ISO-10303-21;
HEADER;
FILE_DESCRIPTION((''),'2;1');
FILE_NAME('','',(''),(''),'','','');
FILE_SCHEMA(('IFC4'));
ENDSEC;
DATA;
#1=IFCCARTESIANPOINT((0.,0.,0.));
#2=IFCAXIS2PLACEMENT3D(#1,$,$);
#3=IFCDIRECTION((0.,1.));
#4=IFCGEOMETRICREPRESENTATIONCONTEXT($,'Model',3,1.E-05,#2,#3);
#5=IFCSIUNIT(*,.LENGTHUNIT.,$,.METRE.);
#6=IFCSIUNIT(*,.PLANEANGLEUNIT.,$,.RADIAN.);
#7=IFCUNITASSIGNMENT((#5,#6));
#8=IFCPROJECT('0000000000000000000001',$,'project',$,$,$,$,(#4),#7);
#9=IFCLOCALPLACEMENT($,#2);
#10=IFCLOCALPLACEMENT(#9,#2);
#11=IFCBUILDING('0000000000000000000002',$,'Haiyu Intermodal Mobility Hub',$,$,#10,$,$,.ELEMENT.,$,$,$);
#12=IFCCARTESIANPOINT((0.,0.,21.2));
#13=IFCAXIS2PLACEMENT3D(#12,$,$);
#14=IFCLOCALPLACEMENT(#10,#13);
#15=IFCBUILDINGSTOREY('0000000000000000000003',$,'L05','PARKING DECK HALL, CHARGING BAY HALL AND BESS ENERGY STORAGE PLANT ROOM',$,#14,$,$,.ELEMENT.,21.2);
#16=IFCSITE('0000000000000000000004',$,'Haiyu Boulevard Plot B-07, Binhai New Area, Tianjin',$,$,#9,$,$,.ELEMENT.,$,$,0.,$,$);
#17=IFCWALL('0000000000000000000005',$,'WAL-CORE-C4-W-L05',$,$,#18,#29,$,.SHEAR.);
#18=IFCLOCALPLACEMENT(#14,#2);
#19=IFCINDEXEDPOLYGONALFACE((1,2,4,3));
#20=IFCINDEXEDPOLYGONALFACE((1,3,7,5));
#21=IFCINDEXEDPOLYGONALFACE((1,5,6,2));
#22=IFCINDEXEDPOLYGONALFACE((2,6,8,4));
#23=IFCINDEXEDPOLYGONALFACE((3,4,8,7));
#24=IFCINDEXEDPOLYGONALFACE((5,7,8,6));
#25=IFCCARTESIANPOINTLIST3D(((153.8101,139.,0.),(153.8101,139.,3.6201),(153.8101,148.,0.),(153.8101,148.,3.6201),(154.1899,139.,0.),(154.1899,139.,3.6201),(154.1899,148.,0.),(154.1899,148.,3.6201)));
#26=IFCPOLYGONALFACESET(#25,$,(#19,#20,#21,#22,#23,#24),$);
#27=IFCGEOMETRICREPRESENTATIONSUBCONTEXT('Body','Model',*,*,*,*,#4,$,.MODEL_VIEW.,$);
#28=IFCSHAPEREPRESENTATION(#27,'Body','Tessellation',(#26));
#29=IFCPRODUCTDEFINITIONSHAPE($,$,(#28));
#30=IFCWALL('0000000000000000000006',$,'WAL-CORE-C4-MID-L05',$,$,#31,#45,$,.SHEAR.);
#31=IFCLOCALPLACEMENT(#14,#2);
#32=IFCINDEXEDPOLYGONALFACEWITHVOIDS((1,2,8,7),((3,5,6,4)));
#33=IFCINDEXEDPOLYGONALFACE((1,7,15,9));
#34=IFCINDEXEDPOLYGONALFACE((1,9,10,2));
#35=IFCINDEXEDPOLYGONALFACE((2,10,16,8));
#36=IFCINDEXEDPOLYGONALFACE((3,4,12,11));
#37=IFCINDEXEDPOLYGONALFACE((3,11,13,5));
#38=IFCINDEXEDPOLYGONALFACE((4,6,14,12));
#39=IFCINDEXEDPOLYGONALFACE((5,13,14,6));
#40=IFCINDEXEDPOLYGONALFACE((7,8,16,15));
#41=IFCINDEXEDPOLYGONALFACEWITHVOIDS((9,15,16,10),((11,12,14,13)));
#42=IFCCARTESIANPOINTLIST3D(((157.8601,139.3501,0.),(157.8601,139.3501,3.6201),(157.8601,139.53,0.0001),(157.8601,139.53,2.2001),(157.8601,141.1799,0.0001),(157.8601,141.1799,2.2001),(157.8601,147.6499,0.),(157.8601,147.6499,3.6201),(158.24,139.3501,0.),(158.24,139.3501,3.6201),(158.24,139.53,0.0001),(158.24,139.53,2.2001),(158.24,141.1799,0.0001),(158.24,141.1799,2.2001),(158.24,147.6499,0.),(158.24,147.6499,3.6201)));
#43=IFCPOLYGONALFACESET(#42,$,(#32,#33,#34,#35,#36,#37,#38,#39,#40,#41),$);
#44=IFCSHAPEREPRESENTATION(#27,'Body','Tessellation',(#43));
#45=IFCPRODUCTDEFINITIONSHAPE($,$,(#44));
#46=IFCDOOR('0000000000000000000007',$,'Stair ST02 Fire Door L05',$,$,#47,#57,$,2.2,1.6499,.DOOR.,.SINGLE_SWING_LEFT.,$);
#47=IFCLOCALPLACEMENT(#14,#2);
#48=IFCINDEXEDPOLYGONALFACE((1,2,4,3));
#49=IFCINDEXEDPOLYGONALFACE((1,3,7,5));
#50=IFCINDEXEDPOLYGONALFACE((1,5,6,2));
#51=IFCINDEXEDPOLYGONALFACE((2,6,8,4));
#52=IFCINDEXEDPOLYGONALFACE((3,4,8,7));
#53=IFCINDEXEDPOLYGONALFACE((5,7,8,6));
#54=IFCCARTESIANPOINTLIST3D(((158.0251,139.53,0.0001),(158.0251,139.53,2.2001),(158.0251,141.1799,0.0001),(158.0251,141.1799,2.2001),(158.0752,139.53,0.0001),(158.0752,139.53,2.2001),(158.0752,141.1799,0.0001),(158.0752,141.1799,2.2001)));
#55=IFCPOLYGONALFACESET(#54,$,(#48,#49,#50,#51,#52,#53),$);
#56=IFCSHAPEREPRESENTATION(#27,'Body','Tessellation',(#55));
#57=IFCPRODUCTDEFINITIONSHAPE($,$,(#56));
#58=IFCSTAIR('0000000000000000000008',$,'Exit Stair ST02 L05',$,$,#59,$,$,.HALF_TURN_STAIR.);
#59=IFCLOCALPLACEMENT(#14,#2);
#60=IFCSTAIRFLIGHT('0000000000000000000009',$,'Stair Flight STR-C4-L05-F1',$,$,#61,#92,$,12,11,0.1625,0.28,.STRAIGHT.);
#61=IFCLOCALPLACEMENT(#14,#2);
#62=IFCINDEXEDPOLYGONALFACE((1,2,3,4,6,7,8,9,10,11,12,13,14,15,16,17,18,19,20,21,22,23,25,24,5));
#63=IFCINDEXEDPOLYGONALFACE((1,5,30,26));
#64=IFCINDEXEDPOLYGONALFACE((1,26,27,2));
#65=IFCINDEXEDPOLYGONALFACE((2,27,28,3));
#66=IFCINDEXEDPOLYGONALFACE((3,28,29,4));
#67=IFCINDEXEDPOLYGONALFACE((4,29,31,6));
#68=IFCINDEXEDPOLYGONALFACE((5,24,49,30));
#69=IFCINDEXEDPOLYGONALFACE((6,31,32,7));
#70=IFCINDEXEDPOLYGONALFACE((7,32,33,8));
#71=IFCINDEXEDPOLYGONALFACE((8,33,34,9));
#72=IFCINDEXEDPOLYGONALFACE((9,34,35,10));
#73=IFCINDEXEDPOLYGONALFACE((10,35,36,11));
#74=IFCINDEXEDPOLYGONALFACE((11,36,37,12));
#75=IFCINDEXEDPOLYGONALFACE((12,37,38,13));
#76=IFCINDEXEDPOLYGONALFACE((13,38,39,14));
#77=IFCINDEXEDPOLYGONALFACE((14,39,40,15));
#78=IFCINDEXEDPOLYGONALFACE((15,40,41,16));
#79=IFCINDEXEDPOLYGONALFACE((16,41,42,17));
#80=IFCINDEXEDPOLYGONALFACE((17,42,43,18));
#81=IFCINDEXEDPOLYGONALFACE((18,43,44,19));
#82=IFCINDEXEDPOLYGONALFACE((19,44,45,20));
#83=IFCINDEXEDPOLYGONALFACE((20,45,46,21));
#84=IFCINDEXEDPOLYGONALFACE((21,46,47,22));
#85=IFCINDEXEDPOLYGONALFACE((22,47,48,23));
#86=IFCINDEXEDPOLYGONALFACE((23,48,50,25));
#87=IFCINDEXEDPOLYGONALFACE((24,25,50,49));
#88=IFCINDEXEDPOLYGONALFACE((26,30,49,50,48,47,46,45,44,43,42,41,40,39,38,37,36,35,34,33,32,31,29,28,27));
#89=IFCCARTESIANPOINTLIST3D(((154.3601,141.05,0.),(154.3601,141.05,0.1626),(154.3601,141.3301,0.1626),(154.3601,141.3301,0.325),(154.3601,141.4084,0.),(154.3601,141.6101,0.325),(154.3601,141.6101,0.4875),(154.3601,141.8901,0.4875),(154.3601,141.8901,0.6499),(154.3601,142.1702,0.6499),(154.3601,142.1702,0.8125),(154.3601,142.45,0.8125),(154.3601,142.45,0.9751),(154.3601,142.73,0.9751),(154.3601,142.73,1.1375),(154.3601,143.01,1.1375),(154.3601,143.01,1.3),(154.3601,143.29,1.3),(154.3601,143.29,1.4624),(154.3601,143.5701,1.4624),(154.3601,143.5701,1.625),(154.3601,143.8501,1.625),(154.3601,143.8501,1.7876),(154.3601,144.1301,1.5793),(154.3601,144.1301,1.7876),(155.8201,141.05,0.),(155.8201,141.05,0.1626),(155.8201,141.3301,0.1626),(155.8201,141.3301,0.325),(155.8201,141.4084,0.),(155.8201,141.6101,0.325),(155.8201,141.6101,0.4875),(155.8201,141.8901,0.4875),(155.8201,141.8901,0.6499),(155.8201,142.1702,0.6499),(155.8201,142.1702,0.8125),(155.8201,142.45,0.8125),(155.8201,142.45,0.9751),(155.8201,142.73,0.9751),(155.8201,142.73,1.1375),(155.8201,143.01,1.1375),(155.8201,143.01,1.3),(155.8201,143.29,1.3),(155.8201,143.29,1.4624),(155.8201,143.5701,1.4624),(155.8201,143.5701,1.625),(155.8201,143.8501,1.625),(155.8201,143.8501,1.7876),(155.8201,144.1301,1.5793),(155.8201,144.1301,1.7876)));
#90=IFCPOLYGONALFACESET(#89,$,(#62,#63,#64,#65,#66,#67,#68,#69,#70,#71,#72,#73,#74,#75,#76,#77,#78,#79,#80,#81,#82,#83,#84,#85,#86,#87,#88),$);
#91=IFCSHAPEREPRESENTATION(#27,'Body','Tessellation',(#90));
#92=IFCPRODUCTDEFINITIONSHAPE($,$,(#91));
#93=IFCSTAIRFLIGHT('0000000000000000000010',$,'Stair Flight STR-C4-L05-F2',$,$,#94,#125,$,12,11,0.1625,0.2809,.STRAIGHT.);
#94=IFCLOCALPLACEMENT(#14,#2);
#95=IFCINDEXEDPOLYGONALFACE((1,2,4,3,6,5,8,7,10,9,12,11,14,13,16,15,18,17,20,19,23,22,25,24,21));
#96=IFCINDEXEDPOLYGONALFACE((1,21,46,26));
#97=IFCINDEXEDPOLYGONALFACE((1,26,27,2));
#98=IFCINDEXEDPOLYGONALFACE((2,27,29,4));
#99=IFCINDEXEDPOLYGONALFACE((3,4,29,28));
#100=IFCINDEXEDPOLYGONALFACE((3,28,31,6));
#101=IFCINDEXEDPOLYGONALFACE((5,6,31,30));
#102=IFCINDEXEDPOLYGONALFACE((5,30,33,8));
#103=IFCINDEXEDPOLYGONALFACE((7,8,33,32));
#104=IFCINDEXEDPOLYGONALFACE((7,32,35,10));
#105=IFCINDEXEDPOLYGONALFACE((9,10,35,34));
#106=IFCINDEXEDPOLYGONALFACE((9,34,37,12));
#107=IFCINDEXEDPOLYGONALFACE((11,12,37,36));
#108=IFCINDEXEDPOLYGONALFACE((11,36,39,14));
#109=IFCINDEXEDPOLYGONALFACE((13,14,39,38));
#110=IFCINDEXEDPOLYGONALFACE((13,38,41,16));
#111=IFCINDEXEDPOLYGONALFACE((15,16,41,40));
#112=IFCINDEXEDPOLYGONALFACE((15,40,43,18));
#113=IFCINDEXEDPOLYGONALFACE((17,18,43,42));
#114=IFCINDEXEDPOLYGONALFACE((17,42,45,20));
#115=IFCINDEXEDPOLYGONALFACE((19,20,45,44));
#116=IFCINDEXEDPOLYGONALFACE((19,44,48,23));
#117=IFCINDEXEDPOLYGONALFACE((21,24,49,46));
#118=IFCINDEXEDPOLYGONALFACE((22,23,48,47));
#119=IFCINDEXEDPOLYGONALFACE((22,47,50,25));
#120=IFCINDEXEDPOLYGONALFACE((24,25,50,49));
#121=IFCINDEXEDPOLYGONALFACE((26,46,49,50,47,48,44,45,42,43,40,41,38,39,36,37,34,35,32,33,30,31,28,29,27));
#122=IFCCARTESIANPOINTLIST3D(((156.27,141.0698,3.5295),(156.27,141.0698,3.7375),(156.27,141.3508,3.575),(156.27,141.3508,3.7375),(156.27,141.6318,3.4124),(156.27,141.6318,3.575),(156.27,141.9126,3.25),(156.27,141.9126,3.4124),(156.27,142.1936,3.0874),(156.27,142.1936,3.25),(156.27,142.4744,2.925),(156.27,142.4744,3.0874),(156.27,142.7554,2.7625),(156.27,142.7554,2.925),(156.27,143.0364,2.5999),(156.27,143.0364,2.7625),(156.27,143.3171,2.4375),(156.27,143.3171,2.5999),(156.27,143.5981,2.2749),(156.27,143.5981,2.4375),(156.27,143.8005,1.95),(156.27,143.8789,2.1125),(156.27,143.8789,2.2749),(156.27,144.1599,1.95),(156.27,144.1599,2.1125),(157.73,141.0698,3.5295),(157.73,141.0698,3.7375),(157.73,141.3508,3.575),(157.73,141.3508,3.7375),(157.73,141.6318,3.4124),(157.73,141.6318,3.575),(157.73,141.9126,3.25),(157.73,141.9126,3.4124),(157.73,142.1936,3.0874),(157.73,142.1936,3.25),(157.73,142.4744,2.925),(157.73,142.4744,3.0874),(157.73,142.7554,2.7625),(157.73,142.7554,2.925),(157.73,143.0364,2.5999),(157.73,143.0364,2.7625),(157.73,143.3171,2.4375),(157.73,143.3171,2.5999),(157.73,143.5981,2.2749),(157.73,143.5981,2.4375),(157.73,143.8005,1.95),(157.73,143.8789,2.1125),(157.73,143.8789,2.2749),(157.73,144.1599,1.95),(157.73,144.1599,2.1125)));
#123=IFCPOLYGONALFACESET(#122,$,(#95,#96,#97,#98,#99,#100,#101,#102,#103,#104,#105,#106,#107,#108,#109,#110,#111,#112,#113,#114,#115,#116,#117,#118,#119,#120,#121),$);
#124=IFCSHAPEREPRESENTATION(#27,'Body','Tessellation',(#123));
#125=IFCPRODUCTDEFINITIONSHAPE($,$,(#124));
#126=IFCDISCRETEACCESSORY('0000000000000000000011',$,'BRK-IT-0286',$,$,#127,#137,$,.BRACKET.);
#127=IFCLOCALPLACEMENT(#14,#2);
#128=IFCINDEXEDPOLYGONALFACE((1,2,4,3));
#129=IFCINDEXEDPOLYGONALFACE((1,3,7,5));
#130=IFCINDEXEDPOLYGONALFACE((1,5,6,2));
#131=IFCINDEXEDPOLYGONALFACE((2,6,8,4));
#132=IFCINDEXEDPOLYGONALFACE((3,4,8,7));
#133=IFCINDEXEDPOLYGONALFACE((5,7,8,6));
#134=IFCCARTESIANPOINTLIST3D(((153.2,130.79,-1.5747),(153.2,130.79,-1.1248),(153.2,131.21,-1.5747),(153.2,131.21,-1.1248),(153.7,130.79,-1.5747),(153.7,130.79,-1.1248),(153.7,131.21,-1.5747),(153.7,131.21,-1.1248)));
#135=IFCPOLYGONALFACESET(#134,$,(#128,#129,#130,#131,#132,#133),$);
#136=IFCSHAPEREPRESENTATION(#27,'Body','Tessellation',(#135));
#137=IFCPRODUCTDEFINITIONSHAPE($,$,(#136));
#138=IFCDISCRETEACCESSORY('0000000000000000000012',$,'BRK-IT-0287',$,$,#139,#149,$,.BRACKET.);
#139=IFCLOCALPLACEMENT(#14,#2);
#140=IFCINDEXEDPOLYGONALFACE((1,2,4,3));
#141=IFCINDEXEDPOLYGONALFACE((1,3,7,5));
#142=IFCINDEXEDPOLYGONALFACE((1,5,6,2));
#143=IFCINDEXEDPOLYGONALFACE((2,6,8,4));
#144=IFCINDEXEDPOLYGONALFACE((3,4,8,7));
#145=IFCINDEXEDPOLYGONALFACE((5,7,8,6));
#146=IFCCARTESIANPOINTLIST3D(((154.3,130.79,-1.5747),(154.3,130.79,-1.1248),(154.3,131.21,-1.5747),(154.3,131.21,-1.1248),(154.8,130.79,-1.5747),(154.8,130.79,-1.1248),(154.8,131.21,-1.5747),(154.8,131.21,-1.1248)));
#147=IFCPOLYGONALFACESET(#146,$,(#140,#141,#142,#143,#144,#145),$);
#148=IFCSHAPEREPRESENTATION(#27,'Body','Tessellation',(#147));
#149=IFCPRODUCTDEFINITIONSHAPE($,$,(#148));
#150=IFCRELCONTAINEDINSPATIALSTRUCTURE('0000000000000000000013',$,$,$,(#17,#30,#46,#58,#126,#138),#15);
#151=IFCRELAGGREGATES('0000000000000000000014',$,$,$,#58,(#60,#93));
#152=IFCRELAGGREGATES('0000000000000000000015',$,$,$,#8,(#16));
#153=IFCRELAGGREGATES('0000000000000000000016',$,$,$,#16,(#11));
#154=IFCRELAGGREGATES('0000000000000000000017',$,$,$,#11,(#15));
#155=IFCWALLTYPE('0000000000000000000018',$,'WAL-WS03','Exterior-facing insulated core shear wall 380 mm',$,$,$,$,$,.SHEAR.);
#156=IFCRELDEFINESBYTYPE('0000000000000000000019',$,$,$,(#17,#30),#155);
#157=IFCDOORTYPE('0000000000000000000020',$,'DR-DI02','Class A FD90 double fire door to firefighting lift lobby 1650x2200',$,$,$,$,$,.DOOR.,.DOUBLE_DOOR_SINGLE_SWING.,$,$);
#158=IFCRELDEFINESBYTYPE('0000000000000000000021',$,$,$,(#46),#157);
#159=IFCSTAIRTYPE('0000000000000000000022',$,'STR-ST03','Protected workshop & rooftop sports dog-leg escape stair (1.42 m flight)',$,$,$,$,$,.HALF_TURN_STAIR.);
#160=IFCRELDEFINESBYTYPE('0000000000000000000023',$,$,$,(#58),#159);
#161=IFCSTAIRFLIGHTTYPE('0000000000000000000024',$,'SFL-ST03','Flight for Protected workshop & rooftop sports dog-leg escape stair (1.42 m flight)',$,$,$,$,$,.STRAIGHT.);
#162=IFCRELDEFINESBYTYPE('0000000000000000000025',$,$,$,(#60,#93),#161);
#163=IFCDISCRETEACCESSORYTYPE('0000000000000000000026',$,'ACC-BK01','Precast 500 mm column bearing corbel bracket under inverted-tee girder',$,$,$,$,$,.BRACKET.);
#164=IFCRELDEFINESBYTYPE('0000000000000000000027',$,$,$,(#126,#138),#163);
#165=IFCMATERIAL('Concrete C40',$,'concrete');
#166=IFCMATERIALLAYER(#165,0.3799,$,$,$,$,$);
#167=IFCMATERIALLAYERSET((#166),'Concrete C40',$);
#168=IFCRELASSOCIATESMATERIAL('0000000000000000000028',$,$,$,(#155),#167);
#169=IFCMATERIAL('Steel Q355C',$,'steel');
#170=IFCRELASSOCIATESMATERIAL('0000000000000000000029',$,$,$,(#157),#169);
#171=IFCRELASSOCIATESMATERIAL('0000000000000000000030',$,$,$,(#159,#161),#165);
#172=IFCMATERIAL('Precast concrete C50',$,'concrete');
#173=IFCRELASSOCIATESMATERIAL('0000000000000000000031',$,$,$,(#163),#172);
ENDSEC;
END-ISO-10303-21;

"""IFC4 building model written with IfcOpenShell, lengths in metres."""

from ifc_helpers import new_model, si_unit, direction, frame, frame_2d, origin, origin_2d, place, context, subcontext, project, spatial, polyline, rectangle, outline, extrude, material, layer, layer_set, type_object, element, fill, aggregate, save


model = new_model("IFC4")

# Units and contexts
model_context = context("Model", 3, precision=1e-05, world=origin(), true_north=direction((0.0, 1.0)))
body_context = subcontext(model_context, "Body", "Model", "MODEL_VIEW")
ifc_project = project(units=[si_unit("LENGTHUNIT", "METRE"), si_unit("PLANEANGLEUNIT", "RADIAN")], contexts=[model_context])

# Site, building, storey
site_placement = place(None, origin())
site = spatial("IfcSite", under=ifc_project, at=site_placement, Name="Haiyu Boulevard Plot B-07, Binhai New Area, Tianjin", CompositionType="ELEMENT", RefElevation=0.0)
building_placement = place(site_placement, origin())
building = spatial("IfcBuilding", under=site, at=building_placement, Name="Haiyu Intermodal Mobility Hub", CompositionType="ELEMENT")
storey_placement = place(building_placement, frame((0.0, 0.0, 21.2)))
storey = spatial("IfcBuildingStorey", under=building, at=storey_placement, Name="L05", Description="PARKING DECK HALL, CHARGING BAY HALL AND BESS ENERGY STORAGE PLANT ROOM", CompositionType="ELEMENT", Elevation=21.2)

# Shared definitions
ifc_material_1 = material(Name="Steel Q355C", Category="steel")

# Shared definitions
ifc_material_2 = material(Name="Concrete C40", Category="concrete")
ifc_material_3 = material(Name="Precast concrete C50", Category="concrete")

# Shared definitions
ifc_layer_1 = layer(ifc_material_2, 0.3799)
ifc_layer_set_1 = layer_set([ifc_layer_1], Name="Concrete C40")
wall_type = type_object("IfcWallType", Name="WAL-WS03", Description="Exterior-facing insulated core shear wall 380 mm", PredefinedType="SHEAR", material=ifc_layer_set_1)

# Wall
wall_1_placement = place(storey_placement, frame((154.0, 148.0, 0.0), z_axis=(0.0, 0.0, 1.0), x_axis=(0.0, -1.0, 0.0)))
element("IfcWall", 1, at=wall_1_placement, inside=storey, type_object=wall_type, Name="WAL-CORE-C4-W-L05", PredefinedType="SHEAR", context=body_context, shape_type="SweptSolid", body=[
    extrude(rectangle(XDim=9.0, YDim=0.3799, at=frame_2d((4.5, 0.0))), origin(), (0.0, 0.0, 1.0), 3.6201),
])

# Wall, opening, door
wall_2_placement = place(storey_placement, frame((158.05, 139.3501, 0.0), z_axis=(0.0, 0.0, 1.0), x_axis=(0.0, 1.0, 0.0)))
wall_2 = element("IfcWall", 2, at=wall_2_placement, inside=storey, type_object=wall_type, Name="WAL-CORE-C4-MID-L05", PredefinedType="SHEAR", context=body_context, shape_type="SweptSolid", body=[
    extrude(rectangle(XDim=8.2998, YDim=0.3799, at=frame_2d((4.1499, 0.0))), origin(), (0.0, 0.0, 1.0), 3.6201),
])
opening_1_placement = place(wall_2_placement, frame((0.1799, 0.0, 0.0)))
opening_1 = element("IfcOpeningElement", 3, at=opening_1_placement, cuts=wall_2, PredefinedType="OPENING", context=body_context, shape_type="SweptSolid", body=[
    extrude(rectangle(XDim=1.6499, YDim=2.2, at=frame_2d((0.825, 1.1001))), frame((0.0, 0.2, 0.0), z_axis=(0.0, -1.0, 0.0), x_axis=(1.0, 0.0, 0.0)), (0.0, 0.0, 1.0), 0.3999),
])
door_type_1 = type_object("IfcDoorType", Name="DR-DI02", Description="Class A FD90 double fire door to firefighting lift lobby 1650x2200", OperationType="DOUBLE_DOOR_SINGLE_SWING", PredefinedType="DOOR", material=ifc_material_1)
door_1_placement = place(opening_1_placement, origin())
door_1 = element("IfcDoor", 4, at=door_1_placement, inside=storey, type_object=door_type_1, Name="Stair ST02 Fire Door L05", OperationType="SINGLE_SWING_LEFT", OverallHeight=2.2, OverallWidth=1.6499, PredefinedType="DOOR", context=body_context, shape_type="SweptSolid", body=[
    extrude(rectangle(XDim=1.6499, YDim=2.2, at=frame_2d((0.825, 1.1001))), frame((0.0, 0.0249, 0.0), z_axis=(0.0, -1.0, 0.0), x_axis=(1.0, 0.0, 0.0)), (0.0, 0.0, 1.0), 0.05),
])
fill(opening_1, door_1)

# Stair, stair flights
stair_type = type_object("IfcStairType", Name="STR-ST03", Description="Protected workshop & rooftop sports dog-leg escape stair (1.42 m flight)", PredefinedType="HALF_TURN_STAIR", material=ifc_material_2)
stair_placement = place(storey_placement, origin())
stair = element("IfcStair", 5, at=stair_placement, inside=storey, type_object=stair_type, Name="Exit Stair ST02 L05", PredefinedType="HALF_TURN_STAIR")
stair_flight_type = type_object("IfcStairFlightType", Name="SFL-ST03", Description="Flight for Protected workshop & rooftop sports dog-leg escape stair (1.42 m flight)", PredefinedType="STRAIGHT", material=ifc_material_2)
stair_flight_1_placement = place(storey_placement, frame((155.0901, 141.05, 0.0), z_axis=(0.0, 0.0, 1.0), x_axis=(0.0, 1.0, 0.0)))
stair_flight_1 = element("IfcStairFlight", 6, at=stair_flight_1_placement, type_object=stair_flight_type, Name="Stair Flight STR-C4-L05-F1", NumberOfRisers=12, NumberOfTreads=11, PredefinedType="STRAIGHT", RiserHeight=0.1625, TreadLength=0.28, context=body_context, shape_type="SweptSolid", body=[
    extrude(outline(polyline([(0.0, 0.0), (0.0, 0.1626), (0.28, 0.1626), (0.28, 0.325), (0.5601, 0.325), (0.5601, 0.4875), (0.8401, 0.4875), (0.8401, 0.6499), (1.1201, 0.6499), (1.1201, 0.8125), (1.3999, 0.8125), (1.3999, 0.9751), (1.6799, 0.9751), (1.6799, 1.1375), (1.96, 1.1375), (1.96, 1.3), (2.24, 1.3), (2.24, 1.4624), (2.52, 1.4624), (2.52, 1.625), (2.8, 1.625), (2.8, 1.7876), (3.0801, 1.7876), (3.0801, 1.95), (3.0801, 1.5793), (0.3584, 0.0), (0.0, 0.0)])), frame((0.0, 0.73, 0.0), z_axis=(0.0, -1.0, 0.0), x_axis=(1.0, 0.0, 0.0)), (0.0, 0.0, 1.0), 1.46),
])
stair_flight_2_placement = place(storey_placement, frame((157.0, 144.1599, 1.95), z_axis=(0.0, 0.0, 1.0), x_axis=(0.0, -1.0, 0.0)))
stair_flight_2 = element("IfcStairFlight", 7, at=stair_flight_2_placement, type_object=stair_flight_type, Name="Stair Flight STR-C4-L05-F2", NumberOfRisers=12, NumberOfTreads=11, PredefinedType="STRAIGHT", RiserHeight=0.1625, TreadLength=0.2809, context=body_context, shape_type="SweptSolid", body=[
    extrude(outline(polyline([(0.0, 0.0), (0.0, 0.1626), (0.281, 0.1626), (0.281, 0.325), (0.5618, 0.325), (0.5618, 0.4875), (0.8428, 0.4875), (0.8428, 0.6499), (1.1235, 0.6499), (1.1235, 0.8125), (1.4045, 0.8125), (1.4045, 0.9751), (1.6855, 0.9751), (1.6855, 1.1375), (1.9663, 1.1375), (1.9663, 1.3), (2.2473, 1.3), (2.2473, 1.4624), (2.5281, 1.4624), (2.5281, 1.625), (2.8091, 1.625), (2.8091, 1.7876), (3.0901, 1.7876), (3.0901, 1.95), (3.0901, 1.5796), (0.3594, 0.0), (0.0, 0.0)])), frame((0.0, 0.73, 0.0), z_axis=(0.0, -1.0, 0.0), x_axis=(1.0, 0.0, 0.0)), (0.0, 0.0, 1.0), 1.46),
])
aggregate(stair, [stair_flight_1, stair_flight_2])

# Discrete accessories
discrete_accessory_type = type_object("IfcDiscreteAccessoryType", Name="ACC-BK01", Description="Precast 500 mm column bearing corbel bracket under inverted-tee girder", PredefinedType="BRACKET", material=ifc_material_3)
for number, where, z_axis, x_axis, name in (
    (8, (153.45, 131.0, -1.5747), (0.0, 0.0, 1.0), (1.0, 0.0, 0.0), "BRK-IT-0286"),
    (9, (154.55, 131.0, -1.5747), (0.0, 0.0, 1.0), (1.0, 0.0, 0.0), "BRK-IT-0287"),
):
    element("IfcDiscreteAccessory", number, at=place(storey_placement, frame(where, z_axis=z_axis, x_axis=x_axis)), inside=storey, type_object=discrete_accessory_type, Name=name, PredefinedType="BRACKET", context=body_context, shape_type="SweptSolid", body=[
        extrude(rectangle(XDim=0.5, YDim=0.4199, at=origin_2d()), origin(), (0.0, 0.0, 1.0), 0.45),
    ])

save(model, "model.ifc")
